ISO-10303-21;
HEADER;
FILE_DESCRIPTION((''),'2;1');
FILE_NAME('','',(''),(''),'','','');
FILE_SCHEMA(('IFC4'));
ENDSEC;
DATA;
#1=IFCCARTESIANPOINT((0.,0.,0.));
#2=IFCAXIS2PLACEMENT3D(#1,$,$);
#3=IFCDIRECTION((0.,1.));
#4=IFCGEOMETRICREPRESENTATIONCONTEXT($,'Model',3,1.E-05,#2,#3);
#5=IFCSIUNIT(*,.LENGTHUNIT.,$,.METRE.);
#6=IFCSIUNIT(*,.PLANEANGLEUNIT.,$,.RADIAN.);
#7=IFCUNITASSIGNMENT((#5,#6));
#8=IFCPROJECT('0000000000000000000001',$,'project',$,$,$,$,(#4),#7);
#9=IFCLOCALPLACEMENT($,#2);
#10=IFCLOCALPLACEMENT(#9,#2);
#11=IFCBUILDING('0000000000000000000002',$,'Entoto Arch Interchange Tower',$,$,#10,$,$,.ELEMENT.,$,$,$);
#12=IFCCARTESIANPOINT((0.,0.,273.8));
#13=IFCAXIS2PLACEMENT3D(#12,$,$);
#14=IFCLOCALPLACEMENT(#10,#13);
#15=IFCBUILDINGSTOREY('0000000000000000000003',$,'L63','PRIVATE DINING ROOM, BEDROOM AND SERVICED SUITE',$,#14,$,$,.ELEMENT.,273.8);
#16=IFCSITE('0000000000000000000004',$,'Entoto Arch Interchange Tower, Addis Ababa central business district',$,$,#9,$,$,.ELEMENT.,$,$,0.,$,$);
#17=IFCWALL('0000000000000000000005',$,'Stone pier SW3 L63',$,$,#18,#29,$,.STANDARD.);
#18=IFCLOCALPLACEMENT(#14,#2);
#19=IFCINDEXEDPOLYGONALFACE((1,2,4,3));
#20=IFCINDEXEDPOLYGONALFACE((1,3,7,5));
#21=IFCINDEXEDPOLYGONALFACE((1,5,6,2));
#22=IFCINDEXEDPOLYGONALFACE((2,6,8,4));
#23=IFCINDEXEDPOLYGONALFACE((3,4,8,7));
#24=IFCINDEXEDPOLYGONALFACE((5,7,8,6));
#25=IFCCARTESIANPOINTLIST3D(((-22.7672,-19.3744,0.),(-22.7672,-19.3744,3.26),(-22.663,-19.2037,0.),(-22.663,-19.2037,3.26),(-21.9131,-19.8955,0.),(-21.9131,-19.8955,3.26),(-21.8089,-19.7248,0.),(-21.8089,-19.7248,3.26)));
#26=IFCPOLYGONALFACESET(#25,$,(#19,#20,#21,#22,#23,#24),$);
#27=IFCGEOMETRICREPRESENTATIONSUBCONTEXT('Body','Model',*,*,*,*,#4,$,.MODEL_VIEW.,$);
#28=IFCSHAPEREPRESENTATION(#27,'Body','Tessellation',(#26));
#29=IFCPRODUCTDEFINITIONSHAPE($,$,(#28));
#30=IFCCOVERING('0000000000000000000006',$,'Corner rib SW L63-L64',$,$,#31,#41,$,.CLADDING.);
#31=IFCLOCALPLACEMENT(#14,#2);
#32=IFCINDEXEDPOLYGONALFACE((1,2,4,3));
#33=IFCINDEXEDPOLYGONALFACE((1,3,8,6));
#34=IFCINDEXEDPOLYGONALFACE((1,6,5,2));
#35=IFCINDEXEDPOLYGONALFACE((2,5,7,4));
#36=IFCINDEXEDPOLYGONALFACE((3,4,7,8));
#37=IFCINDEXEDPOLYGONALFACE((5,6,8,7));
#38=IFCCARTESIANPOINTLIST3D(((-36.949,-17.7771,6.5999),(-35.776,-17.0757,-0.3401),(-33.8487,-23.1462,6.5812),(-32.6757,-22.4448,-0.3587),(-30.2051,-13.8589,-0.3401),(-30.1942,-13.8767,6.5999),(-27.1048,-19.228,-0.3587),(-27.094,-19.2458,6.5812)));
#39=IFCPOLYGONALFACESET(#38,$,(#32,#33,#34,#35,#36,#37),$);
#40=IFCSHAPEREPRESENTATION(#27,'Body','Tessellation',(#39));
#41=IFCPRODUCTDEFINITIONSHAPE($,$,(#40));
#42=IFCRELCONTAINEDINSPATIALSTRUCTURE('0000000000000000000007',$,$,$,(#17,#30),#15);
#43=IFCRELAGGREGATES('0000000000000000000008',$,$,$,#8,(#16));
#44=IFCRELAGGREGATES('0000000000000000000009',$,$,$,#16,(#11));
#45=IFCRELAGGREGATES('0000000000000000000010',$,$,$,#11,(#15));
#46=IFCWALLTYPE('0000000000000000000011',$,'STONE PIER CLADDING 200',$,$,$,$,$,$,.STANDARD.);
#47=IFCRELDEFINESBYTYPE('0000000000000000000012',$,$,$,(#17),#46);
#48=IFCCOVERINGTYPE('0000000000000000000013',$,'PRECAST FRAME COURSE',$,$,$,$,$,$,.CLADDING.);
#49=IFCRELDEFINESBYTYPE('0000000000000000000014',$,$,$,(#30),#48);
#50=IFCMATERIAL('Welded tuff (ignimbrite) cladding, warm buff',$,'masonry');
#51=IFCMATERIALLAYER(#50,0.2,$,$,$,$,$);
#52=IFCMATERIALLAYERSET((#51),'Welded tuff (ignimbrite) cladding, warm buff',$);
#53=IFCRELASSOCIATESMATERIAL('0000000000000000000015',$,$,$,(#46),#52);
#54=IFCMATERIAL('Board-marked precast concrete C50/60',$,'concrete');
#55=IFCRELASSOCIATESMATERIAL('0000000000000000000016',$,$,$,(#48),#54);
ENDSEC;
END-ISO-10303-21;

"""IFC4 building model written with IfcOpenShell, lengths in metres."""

from ifc_helpers import new_model, si_unit, direction, frame, frame_2d, origin, place, context, subcontext, project, spatial, polyline, rectangle, outline, extrude, material, layer, layer_set, type_object, element, save


model = new_model("IFC4")

# Units and contexts
model_context = context("Model", 3, precision=1e-05, world=origin(), true_north=direction((0.0, 1.0)))
body_context = subcontext(model_context, "Body", "Model", "MODEL_VIEW")
ifc_project = project(units=[si_unit("LENGTHUNIT", "METRE"), si_unit("PLANEANGLEUNIT", "RADIAN")], contexts=[model_context])

# Site, building, storey
site_placement = place(None, origin())
site = spatial("IfcSite", under=ifc_project, at=site_placement, Name="Entoto Arch Interchange Tower, Addis Ababa central business district", CompositionType="ELEMENT", RefElevation=0.0)
building_placement = place(site_placement, origin())
building = spatial("IfcBuilding", under=site, at=building_placement, Name="Entoto Arch Interchange Tower", CompositionType="ELEMENT")
storey_placement = place(building_placement, frame((0.0, 0.0, 273.8)))
storey = spatial("IfcBuildingStorey", under=building, at=storey_placement, Name="L63", Description="PRIVATE DINING ROOM, BEDROOM AND SERVICED SUITE", CompositionType="ELEMENT", Elevation=273.8)

# Shared definitions
ifc_material_1 = material(Name="Welded tuff (ignimbrite) cladding, warm buff", Category="masonry")

# Wall
ifc_layer_1 = layer(ifc_material_1, 0.2)
ifc_layer_set_1 = layer_set([ifc_layer_1], Name="Welded tuff (ignimbrite) cladding, warm buff")
wall_type_1 = type_object("IfcWallType", Name="STONE PIER CLADDING 200", PredefinedType="STANDARD", material=ifc_layer_set_1)
wall_1_placement = place(storey_placement, frame((-22.7151, -19.2891, 0.0), z_axis=(0.0, 0.0, 1.0), x_axis=(0.85368, -0.520798, 0.0)))
element("IfcWall", 1, at=wall_1_placement, inside=storey, type_object=wall_type_1, Name="Stone pier SW3 L63", PredefinedType="STANDARD", context=body_context, shape_type="SweptSolid", body=[
    extrude(rectangle(XDim=1.0005, YDim=0.2, at=frame_2d((0.5002, 0.0))), origin(), (0.0, 0.0, 1.0), 3.26),
])

# Covering
ifc_material_2 = material(Name="Board-marked precast concrete C50/60", Category="concrete")
covering_type = type_object("IfcCoveringType", Name="PRECAST FRAME COURSE", PredefinedType="CLADDING", material=ifc_material_2)
covering_1_placement = place(storey_placement, frame((-30.2051, -13.8589, -0.3401), z_axis=(-0.500048, 0.865993, 0.003008), x_axis=(-0.865996, -0.50005, 0.0)))
element("IfcCovering", 2, at=covering_1_placement, inside=storey, type_object=covering_type, Name="Corner rib SW L63-L64", PredefinedType="CLADDING", context=body_context, shape_type="SweptSolid", body=[
    extrude(outline(polyline([(0.0, 0.0), (6.433, 0.0), (7.7995, 6.94), (-0.0005, 6.94), (0.0, 0.0)])), origin(), (0.0, 0.0, -1.0), 6.2),
])

save(model, "model.ifc")
